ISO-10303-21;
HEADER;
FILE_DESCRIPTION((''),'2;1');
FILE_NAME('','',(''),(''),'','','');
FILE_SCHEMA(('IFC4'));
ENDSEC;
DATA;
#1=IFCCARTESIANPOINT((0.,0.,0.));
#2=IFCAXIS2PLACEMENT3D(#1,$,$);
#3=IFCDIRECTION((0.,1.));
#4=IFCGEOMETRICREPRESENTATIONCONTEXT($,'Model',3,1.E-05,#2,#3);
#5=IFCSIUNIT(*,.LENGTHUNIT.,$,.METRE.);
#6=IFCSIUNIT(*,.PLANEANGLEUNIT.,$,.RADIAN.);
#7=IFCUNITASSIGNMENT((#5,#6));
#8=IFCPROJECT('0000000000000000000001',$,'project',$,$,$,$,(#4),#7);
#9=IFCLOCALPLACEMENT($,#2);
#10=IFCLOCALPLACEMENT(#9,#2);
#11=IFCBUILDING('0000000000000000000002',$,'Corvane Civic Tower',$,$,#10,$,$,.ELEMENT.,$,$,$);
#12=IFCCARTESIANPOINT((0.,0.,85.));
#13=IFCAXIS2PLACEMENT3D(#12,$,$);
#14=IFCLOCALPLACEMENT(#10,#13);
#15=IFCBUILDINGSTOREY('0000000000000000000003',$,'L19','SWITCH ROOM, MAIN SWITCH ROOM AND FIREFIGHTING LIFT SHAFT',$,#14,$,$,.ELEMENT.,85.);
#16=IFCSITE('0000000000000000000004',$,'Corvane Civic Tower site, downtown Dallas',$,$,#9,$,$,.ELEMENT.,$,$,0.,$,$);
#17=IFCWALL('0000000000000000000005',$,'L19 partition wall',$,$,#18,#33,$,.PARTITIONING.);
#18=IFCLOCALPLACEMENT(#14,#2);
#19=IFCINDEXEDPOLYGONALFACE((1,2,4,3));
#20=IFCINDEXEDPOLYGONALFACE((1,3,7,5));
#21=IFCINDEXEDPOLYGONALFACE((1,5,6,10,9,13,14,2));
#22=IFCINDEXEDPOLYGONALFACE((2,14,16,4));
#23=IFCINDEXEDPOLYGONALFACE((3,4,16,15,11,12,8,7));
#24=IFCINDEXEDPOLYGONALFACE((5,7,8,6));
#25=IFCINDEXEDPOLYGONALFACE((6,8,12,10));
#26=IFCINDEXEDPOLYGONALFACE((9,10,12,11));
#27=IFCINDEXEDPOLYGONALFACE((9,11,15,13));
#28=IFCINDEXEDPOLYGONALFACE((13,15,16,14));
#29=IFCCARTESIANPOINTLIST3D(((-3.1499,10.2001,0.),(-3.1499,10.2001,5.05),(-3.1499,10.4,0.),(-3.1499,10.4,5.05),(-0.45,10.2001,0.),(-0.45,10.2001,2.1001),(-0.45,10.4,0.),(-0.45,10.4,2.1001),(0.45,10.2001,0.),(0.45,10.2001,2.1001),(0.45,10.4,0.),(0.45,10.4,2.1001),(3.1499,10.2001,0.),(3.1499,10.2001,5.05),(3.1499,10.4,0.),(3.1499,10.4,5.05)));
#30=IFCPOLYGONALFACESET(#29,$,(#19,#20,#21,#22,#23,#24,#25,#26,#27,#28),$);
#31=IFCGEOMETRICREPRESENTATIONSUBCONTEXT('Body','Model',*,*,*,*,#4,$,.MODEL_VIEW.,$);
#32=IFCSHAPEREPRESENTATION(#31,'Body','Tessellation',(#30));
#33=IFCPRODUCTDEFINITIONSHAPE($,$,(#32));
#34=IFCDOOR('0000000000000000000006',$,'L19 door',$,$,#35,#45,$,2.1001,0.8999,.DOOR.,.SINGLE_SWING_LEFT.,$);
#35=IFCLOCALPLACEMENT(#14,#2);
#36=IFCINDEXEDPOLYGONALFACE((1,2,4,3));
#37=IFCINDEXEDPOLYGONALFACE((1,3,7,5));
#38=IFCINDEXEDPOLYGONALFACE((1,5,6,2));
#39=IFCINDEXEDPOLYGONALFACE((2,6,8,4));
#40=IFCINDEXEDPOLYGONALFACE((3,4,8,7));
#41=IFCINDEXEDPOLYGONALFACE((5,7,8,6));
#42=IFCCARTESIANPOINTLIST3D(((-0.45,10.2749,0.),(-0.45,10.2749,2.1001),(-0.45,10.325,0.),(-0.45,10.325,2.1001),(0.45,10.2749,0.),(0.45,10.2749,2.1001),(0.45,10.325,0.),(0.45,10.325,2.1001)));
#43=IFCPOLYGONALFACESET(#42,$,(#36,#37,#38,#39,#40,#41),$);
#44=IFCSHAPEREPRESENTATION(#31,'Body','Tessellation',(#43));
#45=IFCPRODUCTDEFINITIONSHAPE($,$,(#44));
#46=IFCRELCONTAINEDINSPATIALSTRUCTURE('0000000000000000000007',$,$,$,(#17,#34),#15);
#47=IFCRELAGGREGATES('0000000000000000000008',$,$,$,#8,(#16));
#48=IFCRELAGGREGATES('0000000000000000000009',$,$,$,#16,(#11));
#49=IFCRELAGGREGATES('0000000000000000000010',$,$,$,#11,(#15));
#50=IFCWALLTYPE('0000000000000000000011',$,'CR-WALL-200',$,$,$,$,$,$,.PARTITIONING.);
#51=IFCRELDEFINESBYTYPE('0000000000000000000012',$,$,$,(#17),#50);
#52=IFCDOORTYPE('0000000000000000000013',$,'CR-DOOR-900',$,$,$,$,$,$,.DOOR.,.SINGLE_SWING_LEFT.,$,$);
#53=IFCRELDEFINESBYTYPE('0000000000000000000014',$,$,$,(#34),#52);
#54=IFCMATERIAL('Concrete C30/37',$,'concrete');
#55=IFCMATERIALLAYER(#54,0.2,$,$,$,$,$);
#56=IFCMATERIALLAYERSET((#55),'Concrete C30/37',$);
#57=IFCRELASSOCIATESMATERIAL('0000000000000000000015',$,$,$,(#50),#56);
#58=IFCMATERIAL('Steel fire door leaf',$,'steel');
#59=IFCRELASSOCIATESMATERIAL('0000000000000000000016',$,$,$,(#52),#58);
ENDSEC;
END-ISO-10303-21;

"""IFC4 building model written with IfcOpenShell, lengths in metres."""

from ifc_helpers import new_model, si_unit, direction, frame, frame_2d, origin, place, context, subcontext, project, spatial, rectangle, extrude, material, layer, layer_set, type_object, element, fill, save


model = new_model("IFC4")

# Units and contexts
model_context = context("Model", 3, precision=1e-05, world=origin(), true_north=direction((0.0, 1.0)))
body_context = subcontext(model_context, "Body", "Model", "MODEL_VIEW")
ifc_project = project(units=[si_unit("LENGTHUNIT", "METRE"), si_unit("PLANEANGLEUNIT", "RADIAN")], contexts=[model_context])

# Site, building, storey
site_placement = place(None, origin())
site = spatial("IfcSite", under=ifc_project, at=site_placement, Name="Corvane Civic Tower site, downtown Dallas", CompositionType="ELEMENT", RefElevation=0.0)
building_placement = place(site_placement, origin())
building = spatial("IfcBuilding", under=site, at=building_placement, Name="Corvane Civic Tower", CompositionType="ELEMENT")
storey_placement = place(building_placement, frame((0.0, 0.0, 85.0)))
storey = spatial("IfcBuildingStorey", under=building, at=storey_placement, Name="L19", Description="SWITCH ROOM, MAIN SWITCH ROOM AND FIREFIGHTING LIFT SHAFT", CompositionType="ELEMENT", Elevation=85.0)

# Wall, opening, door
ifc_material_1 = material(Name="Concrete C30/37", Category="concrete")
ifc_layer_1 = layer(ifc_material_1, 0.2)
ifc_layer_set_1 = layer_set([ifc_layer_1], Name="Concrete C30/37")
wall_type = type_object("IfcWallType", Name="CR-WALL-200", PredefinedType="PARTITIONING", material=ifc_layer_set_1)
ifc_material_2 = material(Name="Steel fire door leaf", Category="steel")
door_type = type_object("IfcDoorType", Name="CR-DOOR-900", OperationType="SINGLE_SWING_LEFT", PredefinedType="DOOR", material=ifc_material_2)
wall_1_placement = place(storey_placement, frame((-3.1499, 10.3, 0.0), z_axis=(0.0, 0.0, 1.0), x_axis=(1.0, 0.0, 0.0)))
wall_1 = element("IfcWall", 1, at=wall_1_placement, inside=storey, type_object=wall_type, Name="L19 partition wall", PredefinedType="PARTITIONING", context=body_context, shape_type="SweptSolid", body=[
    extrude(rectangle(XDim=6.2998, YDim=0.2, at=frame_2d((3.1499, 0.0))), origin(), (0.0, 0.0, 1.0), 5.05),
])
opening_1_placement = place(wall_1_placement, frame((2.7, 0.0, 0.0)))
opening_1 = element("IfcOpeningElement", 2, at=opening_1_placement, cuts=wall_1, PredefinedType="OPENING", context=body_context, shape_type="SweptSolid", body=[
    extrude(rectangle(XDim=0.8999, YDim=2.1001, at=frame_2d((0.45, 1.05))), frame((0.0, 0.1099, 0.0), z_axis=(0.0, -1.0, 0.0), x_axis=(1.0, 0.0, 0.0)), (0.0, 0.0, 1.0), 0.22),
])
door_1_placement = place(opening_1_placement, origin())
door_1 = element("IfcDoor", 3, at=door_1_placement, inside=storey, type_object=door_type, Name="L19 door", OperationType="SINGLE_SWING_LEFT", OverallHeight=2.1001, OverallWidth=0.8999, PredefinedType="DOOR", context=body_context, shape_type="SweptSolid", body=[
    extrude(rectangle(XDim=0.8999, YDim=2.1001, at=frame_2d((0.45, 1.05))), frame((0.0, 0.0249, 0.0), z_axis=(0.0, -1.0, 0.0), x_axis=(1.0, 0.0, 0.0)), (0.0, 0.0, 1.0), 0.05),
])
fill(opening_1, door_1)

save(model, "model.ifc")
